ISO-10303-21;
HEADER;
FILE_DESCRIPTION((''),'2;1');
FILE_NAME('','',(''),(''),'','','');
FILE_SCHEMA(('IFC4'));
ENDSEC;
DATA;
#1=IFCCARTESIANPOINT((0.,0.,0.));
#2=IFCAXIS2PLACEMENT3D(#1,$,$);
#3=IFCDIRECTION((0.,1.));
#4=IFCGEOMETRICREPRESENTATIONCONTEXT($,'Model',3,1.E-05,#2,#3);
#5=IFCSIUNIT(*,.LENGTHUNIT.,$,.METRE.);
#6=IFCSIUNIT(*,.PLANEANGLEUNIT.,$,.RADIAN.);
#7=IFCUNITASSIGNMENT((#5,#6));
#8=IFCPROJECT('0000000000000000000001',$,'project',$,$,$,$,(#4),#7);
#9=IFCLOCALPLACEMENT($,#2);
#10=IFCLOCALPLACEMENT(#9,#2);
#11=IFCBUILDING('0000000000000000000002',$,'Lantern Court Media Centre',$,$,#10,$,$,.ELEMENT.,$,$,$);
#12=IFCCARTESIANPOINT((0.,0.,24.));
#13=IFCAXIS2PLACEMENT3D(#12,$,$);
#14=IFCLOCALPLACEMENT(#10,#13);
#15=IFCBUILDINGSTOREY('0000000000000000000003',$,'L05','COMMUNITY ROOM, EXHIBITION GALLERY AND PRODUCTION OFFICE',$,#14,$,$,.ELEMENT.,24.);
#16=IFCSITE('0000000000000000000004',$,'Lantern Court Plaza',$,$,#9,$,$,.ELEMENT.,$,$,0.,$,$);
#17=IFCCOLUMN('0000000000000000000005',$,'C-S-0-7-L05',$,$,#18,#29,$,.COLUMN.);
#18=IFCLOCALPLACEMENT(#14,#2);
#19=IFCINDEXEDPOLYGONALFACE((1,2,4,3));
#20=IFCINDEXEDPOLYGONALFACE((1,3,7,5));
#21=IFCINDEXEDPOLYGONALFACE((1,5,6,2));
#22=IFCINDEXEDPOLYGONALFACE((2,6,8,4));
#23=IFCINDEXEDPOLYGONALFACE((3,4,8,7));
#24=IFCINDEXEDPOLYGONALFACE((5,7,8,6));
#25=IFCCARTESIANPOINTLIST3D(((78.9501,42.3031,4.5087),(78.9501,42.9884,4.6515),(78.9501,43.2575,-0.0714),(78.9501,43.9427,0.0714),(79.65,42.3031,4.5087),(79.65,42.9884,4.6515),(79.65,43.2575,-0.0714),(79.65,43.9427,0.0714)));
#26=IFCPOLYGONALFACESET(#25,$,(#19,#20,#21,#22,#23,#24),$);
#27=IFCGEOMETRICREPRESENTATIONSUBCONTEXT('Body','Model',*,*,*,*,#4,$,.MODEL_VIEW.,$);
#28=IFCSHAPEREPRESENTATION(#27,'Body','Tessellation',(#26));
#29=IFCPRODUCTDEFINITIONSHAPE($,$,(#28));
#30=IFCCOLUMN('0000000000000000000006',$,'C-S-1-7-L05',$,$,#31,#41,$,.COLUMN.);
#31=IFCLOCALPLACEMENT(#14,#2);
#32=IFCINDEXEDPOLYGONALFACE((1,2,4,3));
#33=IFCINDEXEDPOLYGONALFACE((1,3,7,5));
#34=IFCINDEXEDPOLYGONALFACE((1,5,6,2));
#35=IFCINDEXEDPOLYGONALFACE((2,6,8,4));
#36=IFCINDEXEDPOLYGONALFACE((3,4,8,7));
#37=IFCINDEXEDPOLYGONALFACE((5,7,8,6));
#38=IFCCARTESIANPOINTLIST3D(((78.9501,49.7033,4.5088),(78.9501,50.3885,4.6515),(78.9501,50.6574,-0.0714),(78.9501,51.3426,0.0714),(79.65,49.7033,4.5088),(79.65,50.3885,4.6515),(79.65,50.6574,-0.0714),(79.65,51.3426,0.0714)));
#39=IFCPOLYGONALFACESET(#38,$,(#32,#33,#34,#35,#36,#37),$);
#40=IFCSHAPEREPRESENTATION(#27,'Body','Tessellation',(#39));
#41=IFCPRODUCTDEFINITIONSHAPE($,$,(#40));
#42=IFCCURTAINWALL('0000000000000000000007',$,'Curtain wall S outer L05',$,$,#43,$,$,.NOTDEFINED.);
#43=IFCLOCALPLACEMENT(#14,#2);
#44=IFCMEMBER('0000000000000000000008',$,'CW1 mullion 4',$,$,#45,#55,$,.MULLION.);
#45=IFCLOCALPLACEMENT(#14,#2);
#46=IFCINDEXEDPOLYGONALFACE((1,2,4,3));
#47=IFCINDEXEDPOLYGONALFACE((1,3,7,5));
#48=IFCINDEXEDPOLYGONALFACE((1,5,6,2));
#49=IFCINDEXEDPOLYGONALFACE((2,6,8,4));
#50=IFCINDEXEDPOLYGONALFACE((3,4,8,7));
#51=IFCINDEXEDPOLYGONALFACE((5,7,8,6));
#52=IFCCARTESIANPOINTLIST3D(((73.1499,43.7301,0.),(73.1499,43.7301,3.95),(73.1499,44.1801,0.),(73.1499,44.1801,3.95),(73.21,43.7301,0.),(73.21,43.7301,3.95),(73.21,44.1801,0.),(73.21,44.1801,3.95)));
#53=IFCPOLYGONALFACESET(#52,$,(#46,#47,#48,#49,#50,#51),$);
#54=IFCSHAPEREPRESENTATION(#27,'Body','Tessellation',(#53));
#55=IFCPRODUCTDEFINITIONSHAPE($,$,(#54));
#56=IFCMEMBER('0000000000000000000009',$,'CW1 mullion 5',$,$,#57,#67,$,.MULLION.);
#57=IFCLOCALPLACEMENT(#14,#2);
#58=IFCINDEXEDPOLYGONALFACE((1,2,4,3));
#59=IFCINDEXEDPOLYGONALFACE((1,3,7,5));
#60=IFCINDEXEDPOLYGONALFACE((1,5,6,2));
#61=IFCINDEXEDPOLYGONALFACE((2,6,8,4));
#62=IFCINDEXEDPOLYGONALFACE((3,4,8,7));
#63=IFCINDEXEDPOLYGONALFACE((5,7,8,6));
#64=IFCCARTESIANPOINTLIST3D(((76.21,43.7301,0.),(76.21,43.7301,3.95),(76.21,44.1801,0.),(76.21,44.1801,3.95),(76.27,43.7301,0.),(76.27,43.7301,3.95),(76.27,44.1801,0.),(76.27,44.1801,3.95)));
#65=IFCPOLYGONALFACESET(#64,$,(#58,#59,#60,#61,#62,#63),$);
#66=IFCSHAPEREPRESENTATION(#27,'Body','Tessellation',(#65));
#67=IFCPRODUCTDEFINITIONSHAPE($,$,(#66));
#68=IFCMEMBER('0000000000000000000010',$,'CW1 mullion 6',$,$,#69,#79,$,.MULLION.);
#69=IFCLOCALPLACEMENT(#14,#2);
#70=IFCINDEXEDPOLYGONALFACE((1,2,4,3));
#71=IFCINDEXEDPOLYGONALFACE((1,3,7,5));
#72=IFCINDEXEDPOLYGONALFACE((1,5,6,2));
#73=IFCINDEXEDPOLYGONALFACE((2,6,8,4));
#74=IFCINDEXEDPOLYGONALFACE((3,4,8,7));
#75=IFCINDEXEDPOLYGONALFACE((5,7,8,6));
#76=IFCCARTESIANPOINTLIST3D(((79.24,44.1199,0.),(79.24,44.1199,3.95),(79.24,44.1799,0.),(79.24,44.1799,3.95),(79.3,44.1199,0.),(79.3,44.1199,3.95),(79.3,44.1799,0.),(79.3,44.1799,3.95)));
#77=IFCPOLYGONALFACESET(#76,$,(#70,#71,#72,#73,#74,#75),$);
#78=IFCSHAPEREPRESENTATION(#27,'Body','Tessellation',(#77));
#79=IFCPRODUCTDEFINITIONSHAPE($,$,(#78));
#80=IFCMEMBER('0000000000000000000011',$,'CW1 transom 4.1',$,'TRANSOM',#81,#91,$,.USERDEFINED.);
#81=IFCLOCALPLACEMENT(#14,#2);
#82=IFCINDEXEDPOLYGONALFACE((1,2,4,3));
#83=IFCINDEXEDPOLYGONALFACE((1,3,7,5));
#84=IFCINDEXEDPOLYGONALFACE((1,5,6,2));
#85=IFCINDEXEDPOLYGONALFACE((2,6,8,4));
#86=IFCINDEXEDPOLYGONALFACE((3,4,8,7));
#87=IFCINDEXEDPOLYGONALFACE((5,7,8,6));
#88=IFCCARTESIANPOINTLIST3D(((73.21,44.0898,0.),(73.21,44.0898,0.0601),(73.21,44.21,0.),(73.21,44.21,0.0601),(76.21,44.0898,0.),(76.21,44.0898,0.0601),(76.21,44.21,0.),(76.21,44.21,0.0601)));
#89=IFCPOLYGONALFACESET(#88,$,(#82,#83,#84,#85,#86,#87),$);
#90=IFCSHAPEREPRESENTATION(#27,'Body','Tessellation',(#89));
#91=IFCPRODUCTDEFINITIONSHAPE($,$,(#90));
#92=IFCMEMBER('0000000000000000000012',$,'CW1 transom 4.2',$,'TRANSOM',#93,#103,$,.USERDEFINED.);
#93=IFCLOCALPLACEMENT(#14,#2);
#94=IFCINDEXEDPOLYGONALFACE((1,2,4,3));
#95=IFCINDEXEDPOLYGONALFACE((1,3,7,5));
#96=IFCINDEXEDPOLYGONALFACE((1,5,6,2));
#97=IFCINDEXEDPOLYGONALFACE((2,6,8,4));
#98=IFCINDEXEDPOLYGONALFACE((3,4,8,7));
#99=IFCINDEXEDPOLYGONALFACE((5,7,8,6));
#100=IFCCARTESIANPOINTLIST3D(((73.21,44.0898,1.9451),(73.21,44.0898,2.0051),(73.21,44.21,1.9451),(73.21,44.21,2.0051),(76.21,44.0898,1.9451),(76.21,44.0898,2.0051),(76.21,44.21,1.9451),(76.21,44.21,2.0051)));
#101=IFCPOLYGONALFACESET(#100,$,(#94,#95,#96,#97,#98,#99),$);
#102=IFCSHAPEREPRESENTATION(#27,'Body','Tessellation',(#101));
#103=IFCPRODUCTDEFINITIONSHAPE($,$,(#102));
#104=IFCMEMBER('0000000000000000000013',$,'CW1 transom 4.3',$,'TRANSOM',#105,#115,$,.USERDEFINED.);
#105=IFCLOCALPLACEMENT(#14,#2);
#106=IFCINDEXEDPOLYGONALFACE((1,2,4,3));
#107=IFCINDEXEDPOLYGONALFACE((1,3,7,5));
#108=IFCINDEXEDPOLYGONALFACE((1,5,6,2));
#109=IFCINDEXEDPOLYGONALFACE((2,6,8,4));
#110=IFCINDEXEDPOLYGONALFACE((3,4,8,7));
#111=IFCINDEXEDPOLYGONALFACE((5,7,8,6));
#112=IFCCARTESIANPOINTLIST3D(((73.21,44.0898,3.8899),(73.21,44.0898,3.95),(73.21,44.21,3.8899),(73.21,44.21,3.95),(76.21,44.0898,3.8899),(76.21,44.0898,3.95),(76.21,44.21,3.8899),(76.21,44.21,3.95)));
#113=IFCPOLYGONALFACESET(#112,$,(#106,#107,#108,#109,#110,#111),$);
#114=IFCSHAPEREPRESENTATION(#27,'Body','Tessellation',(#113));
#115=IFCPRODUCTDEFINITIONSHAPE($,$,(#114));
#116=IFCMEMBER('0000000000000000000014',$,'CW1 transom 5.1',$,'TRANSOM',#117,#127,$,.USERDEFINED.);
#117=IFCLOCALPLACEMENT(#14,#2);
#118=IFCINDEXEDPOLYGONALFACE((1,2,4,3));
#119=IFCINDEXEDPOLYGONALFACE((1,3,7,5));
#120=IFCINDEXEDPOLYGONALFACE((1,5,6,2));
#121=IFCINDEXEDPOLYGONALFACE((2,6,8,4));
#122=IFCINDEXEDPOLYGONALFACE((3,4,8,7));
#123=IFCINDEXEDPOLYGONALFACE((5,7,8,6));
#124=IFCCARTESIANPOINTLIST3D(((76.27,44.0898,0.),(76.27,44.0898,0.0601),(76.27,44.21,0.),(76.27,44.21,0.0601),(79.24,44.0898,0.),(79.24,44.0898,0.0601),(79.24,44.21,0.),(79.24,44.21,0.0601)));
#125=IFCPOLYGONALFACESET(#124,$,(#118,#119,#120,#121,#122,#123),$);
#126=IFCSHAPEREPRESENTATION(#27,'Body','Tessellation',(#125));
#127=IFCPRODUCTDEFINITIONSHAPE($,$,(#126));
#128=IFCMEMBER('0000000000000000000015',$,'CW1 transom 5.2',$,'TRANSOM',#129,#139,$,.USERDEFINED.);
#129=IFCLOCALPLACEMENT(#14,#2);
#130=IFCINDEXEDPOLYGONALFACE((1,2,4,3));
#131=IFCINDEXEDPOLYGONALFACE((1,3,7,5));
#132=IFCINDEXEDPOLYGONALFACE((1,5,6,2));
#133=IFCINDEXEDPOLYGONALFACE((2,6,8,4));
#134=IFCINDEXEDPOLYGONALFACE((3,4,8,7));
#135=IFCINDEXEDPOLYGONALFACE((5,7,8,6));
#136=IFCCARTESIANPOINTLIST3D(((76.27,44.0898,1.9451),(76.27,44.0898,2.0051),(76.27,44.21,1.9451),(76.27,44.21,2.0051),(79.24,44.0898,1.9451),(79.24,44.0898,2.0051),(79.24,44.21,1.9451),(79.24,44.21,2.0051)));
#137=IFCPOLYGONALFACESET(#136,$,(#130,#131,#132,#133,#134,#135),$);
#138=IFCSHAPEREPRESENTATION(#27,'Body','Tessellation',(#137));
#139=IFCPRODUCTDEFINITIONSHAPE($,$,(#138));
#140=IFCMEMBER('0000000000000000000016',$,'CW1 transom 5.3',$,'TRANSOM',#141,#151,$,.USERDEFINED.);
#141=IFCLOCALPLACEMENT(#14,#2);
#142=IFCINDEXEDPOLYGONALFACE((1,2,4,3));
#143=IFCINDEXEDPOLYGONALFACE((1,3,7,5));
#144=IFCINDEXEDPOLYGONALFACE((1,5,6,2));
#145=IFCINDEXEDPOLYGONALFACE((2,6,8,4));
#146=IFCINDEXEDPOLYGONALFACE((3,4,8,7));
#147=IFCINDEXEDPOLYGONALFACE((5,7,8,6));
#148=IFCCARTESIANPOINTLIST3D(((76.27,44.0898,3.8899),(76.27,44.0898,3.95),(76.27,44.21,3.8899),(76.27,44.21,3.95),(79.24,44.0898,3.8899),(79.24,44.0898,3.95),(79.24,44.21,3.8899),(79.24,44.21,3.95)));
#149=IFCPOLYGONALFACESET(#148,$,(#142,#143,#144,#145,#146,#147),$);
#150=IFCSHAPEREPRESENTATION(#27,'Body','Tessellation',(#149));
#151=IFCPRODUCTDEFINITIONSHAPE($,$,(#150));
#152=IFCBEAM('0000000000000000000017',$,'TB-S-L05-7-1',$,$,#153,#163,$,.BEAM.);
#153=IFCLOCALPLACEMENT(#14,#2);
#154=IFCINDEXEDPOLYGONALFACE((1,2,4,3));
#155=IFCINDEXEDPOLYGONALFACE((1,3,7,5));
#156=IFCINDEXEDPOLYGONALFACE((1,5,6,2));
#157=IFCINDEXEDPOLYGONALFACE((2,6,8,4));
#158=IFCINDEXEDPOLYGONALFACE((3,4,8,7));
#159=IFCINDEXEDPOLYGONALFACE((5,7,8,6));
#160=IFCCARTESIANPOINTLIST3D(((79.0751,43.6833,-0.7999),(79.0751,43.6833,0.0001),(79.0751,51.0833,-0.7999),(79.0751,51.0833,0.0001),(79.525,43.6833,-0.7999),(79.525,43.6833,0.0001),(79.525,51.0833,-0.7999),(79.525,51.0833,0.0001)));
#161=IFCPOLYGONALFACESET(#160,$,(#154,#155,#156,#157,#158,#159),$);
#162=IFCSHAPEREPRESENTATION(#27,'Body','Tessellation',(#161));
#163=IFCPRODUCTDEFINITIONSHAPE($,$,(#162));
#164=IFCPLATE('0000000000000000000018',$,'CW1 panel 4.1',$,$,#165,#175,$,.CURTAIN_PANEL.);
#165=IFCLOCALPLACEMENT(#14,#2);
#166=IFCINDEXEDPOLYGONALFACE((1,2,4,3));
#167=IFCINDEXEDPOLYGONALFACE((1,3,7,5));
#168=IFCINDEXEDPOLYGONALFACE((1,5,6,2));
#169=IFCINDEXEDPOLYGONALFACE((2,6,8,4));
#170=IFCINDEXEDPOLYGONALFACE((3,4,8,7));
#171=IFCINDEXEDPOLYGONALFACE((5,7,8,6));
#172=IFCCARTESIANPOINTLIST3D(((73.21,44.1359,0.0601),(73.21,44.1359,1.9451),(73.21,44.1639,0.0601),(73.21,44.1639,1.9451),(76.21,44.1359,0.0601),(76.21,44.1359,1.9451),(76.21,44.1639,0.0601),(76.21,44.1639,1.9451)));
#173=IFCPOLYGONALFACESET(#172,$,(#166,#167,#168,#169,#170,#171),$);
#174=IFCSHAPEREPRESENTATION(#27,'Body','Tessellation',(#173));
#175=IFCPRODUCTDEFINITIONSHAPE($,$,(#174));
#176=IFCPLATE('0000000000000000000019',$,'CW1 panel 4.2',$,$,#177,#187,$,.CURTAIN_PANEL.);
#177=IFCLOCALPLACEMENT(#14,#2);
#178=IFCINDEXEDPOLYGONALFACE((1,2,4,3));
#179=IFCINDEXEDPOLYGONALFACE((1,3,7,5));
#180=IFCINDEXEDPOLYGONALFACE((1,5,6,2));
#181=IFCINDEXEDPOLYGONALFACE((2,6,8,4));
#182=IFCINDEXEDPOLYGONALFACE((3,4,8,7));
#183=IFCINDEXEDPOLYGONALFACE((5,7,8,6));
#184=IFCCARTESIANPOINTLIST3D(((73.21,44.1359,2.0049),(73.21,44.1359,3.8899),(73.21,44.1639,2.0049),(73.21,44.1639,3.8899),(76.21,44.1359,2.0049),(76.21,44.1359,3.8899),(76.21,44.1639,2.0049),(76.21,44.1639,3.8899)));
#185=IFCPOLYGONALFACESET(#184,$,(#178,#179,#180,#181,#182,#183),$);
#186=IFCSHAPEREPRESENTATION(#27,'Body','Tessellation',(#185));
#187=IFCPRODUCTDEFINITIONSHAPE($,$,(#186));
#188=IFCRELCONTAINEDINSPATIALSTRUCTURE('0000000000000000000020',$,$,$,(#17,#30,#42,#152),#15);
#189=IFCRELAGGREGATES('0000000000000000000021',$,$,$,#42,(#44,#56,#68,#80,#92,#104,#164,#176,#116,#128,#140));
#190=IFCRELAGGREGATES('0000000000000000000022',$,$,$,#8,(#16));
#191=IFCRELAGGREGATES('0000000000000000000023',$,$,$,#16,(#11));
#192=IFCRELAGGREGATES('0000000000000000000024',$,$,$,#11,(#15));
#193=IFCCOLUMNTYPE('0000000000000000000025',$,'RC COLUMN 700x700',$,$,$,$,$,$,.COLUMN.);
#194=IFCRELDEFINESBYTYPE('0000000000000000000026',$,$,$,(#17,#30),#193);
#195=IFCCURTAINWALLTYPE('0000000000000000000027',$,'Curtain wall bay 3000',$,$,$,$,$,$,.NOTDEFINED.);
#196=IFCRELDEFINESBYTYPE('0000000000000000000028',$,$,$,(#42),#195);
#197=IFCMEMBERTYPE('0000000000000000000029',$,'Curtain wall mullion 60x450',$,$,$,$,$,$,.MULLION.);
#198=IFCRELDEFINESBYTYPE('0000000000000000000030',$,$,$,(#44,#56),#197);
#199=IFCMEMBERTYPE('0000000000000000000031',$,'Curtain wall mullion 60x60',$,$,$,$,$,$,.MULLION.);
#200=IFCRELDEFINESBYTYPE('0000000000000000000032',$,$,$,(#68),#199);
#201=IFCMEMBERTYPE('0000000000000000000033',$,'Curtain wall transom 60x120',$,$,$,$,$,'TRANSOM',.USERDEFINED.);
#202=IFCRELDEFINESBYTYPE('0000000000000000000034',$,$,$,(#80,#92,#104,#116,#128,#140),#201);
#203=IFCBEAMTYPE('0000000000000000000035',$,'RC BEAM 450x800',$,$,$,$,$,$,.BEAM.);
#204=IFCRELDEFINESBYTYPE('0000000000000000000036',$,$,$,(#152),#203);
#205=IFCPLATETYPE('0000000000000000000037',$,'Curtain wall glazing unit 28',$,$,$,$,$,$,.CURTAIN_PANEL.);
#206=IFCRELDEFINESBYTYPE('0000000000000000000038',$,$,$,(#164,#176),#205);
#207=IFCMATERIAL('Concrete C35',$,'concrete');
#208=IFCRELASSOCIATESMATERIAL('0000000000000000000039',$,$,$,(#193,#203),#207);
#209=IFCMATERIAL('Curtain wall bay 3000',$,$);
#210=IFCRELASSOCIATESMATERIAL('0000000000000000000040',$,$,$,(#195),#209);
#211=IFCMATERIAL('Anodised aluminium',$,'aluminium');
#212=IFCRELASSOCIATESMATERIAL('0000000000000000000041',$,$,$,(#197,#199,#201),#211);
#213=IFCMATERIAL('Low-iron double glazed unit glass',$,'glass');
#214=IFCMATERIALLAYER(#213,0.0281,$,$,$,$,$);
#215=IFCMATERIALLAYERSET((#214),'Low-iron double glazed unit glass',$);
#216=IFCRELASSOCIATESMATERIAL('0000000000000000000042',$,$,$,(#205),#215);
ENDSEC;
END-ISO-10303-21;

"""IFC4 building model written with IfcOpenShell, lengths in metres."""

from ifc_helpers import new_model, si_unit, direction, frame, origin, origin_2d, place, context, subcontext, project, spatial, rectangle, extrude, material, layer, layer_set, material_profile, profile_set, type_object, element, aggregate, save


model = new_model("IFC4")

# Units and contexts
model_context = context("Model", 3, precision=1e-05, world=origin(), true_north=direction((0.0, 1.0)))
body_context = subcontext(model_context, "Body", "Model", "MODEL_VIEW")
ifc_project = project(units=[si_unit("LENGTHUNIT", "METRE"), si_unit("PLANEANGLEUNIT", "RADIAN")], contexts=[model_context])

# Site, building, storey
site_placement = place(None, origin())
site = spatial("IfcSite", under=ifc_project, at=site_placement, Name="Lantern Court Plaza", CompositionType="ELEMENT", RefElevation=0.0)
building_placement = place(site_placement, origin())
building = spatial("IfcBuilding", under=site, at=building_placement, Name="Lantern Court Media Centre", CompositionType="ELEMENT")
storey_placement = place(building_placement, frame((0.0, 0.0, 24.0)))
storey = spatial("IfcBuildingStorey", under=building, at=storey_placement, Name="L05", Description="COMMUNITY ROOM, EXHIBITION GALLERY AND PRODUCTION OFFICE", CompositionType="ELEMENT", Elevation=24.0)

# Columns
ifc_material_1 = material(Name="Concrete C35", Category="concrete")
ifc_material_profile_1 = material_profile(ifc_material_1, rectangle(XDim=0.7, YDim=0.7, at=origin_2d()), Name="RC 700x700")
ifc_profile_set_1 = profile_set([ifc_material_profile_1], Name="Concrete C35")
column_type = type_object("IfcColumnType", Name="RC COLUMN 700x700", PredefinedType="COLUMN", material=ifc_profile_set_1)
for number, where, z_axis, x_axis, name in (
    (1, (79.3, 43.6001, 0.0), (0.0, -0.203988, 0.978973), (1.0, 0.0, 0.0), "C-S-0-7-L05"),
    (2, (79.3, 51.0, 0.0), (0.0, -0.203938, 0.978984), (1.0, 0.0, 0.0), "C-S-1-7-L05"),
):
    element("IfcColumn", number, at=place(storey_placement, frame(where, z_axis=z_axis, x_axis=x_axis)), inside=storey, type_object=column_type, Name=name, PredefinedType="COLUMN", context=body_context, shape_type="SweptSolid", body=[
        extrude(rectangle(XDim=0.7, YDim=0.7, at=origin_2d()), origin(), (0.0, 0.0, 1.0), 4.6785),
    ])

# Curtain wall, members
ifc_material_2 = material(Name="Curtain wall bay 3000")
curtain_wall_type = type_object("IfcCurtainWallType", Name="Curtain wall bay 3000", PredefinedType="NOTDEFINED", material=ifc_material_2)
curtain_wall_placement = place(storey_placement, origin())
curtain_wall = element("IfcCurtainWall", 3, at=curtain_wall_placement, inside=storey, type_object=curtain_wall_type, Name="Curtain wall S outer L05", PredefinedType="NOTDEFINED")
ifc_material_3 = material(Name="Anodised aluminium", Category="aluminium")
ifc_material_profile_2 = material_profile(ifc_material_3, rectangle(XDim=0.45, YDim=0.0601, at=origin_2d()), Name="AL 60x450")
ifc_profile_set_2 = profile_set([ifc_material_profile_2], Name="Anodised aluminium")
member_type_1 = type_object("IfcMemberType", Name="Curtain wall mullion 60x450", PredefinedType="MULLION", material=ifc_profile_set_2)
member_1_placement = place(storey_placement, frame((73.1799, 43.9551, 0.0), z_axis=(0.0, 0.0, 1.0), x_axis=(0.0, 1.0, 0.0)))
member_1 = element("IfcMember", 4, at=member_1_placement, type_object=member_type_1, Name="CW1 mullion 4", PredefinedType="MULLION", context=body_context, shape_type="SweptSolid", body=[
    extrude(rectangle(XDim=0.45, YDim=0.0601, at=origin_2d()), origin(), (0.0, 0.0, 1.0), 3.95),
])
member_2_placement = place(storey_placement, frame((76.24, 43.9551, 0.0), z_axis=(0.0, 0.0, 1.0), x_axis=(0.0, 1.0, 0.0)))
member_2 = element("IfcMember", 5, at=member_2_placement, type_object=member_type_1, Name="CW1 mullion 5", PredefinedType="MULLION", context=body_context, shape_type="SweptSolid", body=[
    extrude(rectangle(XDim=0.45, YDim=0.0601, at=origin_2d()), origin(), (0.0, 0.0, 1.0), 3.95),
])
ifc_material_profile_3 = material_profile(ifc_material_3, rectangle(XDim=0.0601, YDim=0.0601, at=origin_2d()), Name="AL 60x60")
ifc_profile_set_3 = profile_set([ifc_material_profile_3], Name="Anodised aluminium")
member_type_2 = type_object("IfcMemberType", Name="Curtain wall mullion 60x60", PredefinedType="MULLION", material=ifc_profile_set_3)
member_3_placement = place(storey_placement, frame((79.27, 44.1499, 0.0), z_axis=(0.0, 0.0, 1.0), x_axis=(0.0, 1.0, 0.0)))
member_3 = element("IfcMember", 6, at=member_3_placement, type_object=member_type_2, Name="CW1 mullion 6", PredefinedType="MULLION", context=body_context, shape_type="SweptSolid", body=[
    extrude(rectangle(XDim=0.0601, YDim=0.0601, at=origin_2d()), origin(), (0.0, 0.0, 1.0), 3.95),
])
ifc_material_profile_4 = material_profile(ifc_material_3, rectangle(XDim=0.1201, YDim=0.0601, at=origin_2d()), Name="AL 60x120")
ifc_profile_set_4 = profile_set([ifc_material_profile_4], Name="Anodised aluminium")
member_type_3 = type_object("IfcMemberType", Name="Curtain wall transom 60x120", ElementType="TRANSOM", PredefinedType="USERDEFINED", material=ifc_profile_set_4)
member_4_placement = place(storey_placement, frame((73.21, 44.1499, 0.03), z_axis=(1.0, 0.0, 0.0), x_axis=(0.0, 1.0, 0.0)))
member_4 = element("IfcMember", 7, at=member_4_placement, type_object=member_type_3, Name="CW1 transom 4.1", ObjectType="TRANSOM", PredefinedType="USERDEFINED", context=body_context, shape_type="SweptSolid", body=[
    extrude(rectangle(XDim=0.1201, YDim=0.0601, at=origin_2d()), origin(), (0.0, 0.0, 1.0), 3.0),
])
member_5_placement = place(storey_placement, frame((73.21, 44.1499, 1.9751), z_axis=(1.0, 0.0, 0.0), x_axis=(0.0, 1.0, 0.0)))
member_5 = element("IfcMember", 8, at=member_5_placement, type_object=member_type_3, Name="CW1 transom 4.2", ObjectType="TRANSOM", PredefinedType="USERDEFINED", context=body_context, shape_type="SweptSolid", body=[
    extrude(rectangle(XDim=0.1201, YDim=0.0601, at=origin_2d()), origin(), (0.0, 0.0, 1.0), 3.0),
])
member_6_placement = place(storey_placement, frame((73.21, 44.1499, 3.9199), z_axis=(1.0, 0.0, 0.0), x_axis=(0.0, 1.0, 0.0)))
member_6 = element("IfcMember", 9, at=member_6_placement, type_object=member_type_3, Name="CW1 transom 4.3", ObjectType="TRANSOM", PredefinedType="USERDEFINED", context=body_context, shape_type="SweptSolid", body=[
    extrude(rectangle(XDim=0.1201, YDim=0.0601, at=origin_2d()), origin(), (0.0, 0.0, 1.0), 3.0),
])
member_7_placement = place(storey_placement, frame((76.27, 44.1499, 0.03), z_axis=(1.0, 0.0, 0.0), x_axis=(0.0, 1.0, 0.0)))
member_7 = element("IfcMember", 10, at=member_7_placement, type_object=member_type_3, Name="CW1 transom 5.1", ObjectType="TRANSOM", PredefinedType="USERDEFINED", context=body_context, shape_type="SweptSolid", body=[
    extrude(rectangle(XDim=0.1201, YDim=0.0601, at=origin_2d()), origin(), (0.0, 0.0, 1.0), 2.97),
])
member_8_placement = place(storey_placement, frame((76.27, 44.1499, 1.9751), z_axis=(1.0, 0.0, 0.0), x_axis=(0.0, 1.0, 0.0)))
member_8 = element("IfcMember", 11, at=member_8_placement, type_object=member_type_3, Name="CW1 transom 5.2", ObjectType="TRANSOM", PredefinedType="USERDEFINED", context=body_context, shape_type="SweptSolid", body=[
    extrude(rectangle(XDim=0.1201, YDim=0.0601, at=origin_2d()), origin(), (0.0, 0.0, 1.0), 2.97),
])
member_9_placement = place(storey_placement, frame((76.27, 44.1499, 3.9199), z_axis=(1.0, 0.0, 0.0), x_axis=(0.0, 1.0, 0.0)))
member_9 = element("IfcMember", 12, at=member_9_placement, type_object=member_type_3, Name="CW1 transom 5.3", ObjectType="TRANSOM", PredefinedType="USERDEFINED", context=body_context, shape_type="SweptSolid", body=[
    extrude(rectangle(XDim=0.1201, YDim=0.0601, at=origin_2d()), origin(), (0.0, 0.0, 1.0), 2.97),
])

# Beam
ifc_material_profile_5 = material_profile(ifc_material_1, rectangle(XDim=0.45, YDim=0.8, at=origin_2d()), Name="RC 450x800")
ifc_profile_set_5 = profile_set([ifc_material_profile_5], Name="Concrete C35")
beam_type = type_object("IfcBeamType", Name="RC BEAM 450x800", PredefinedType="BEAM", material=ifc_profile_set_5)
beam_placement = place(storey_placement, frame((79.3, 43.6833, -0.3999), z_axis=(0.0, 1.0, 0.0), x_axis=(-1.0, 0.0, 0.0)))
element("IfcBeam", 13, at=beam_placement, inside=storey, type_object=beam_type, Name="TB-S-L05-7-1", PredefinedType="BEAM", context=body_context, shape_type="SweptSolid", body=[
    extrude(rectangle(XDim=0.45, YDim=0.8, at=origin_2d()), origin(), (0.0, 0.0, 1.0), 7.3999),
])

# Plates
ifc_material_4 = material(Name="Low-iron double glazed unit glass", Category="glass")
ifc_layer_1 = layer(ifc_material_4, 0.0281)
ifc_layer_set_1 = layer_set([ifc_layer_1], Name="Low-iron double glazed unit glass")
plate_type = type_object("IfcPlateType", Name="Curtain wall glazing unit 28", PredefinedType="CURTAIN_PANEL", material=ifc_layer_set_1)
plate_1_placement = place(storey_placement, frame((74.71, 44.1499, 0.0601), z_axis=(0.0, 0.0, 1.0), x_axis=(1.0, 0.0, 0.0)))
plate_1 = element("IfcPlate", 14, at=plate_1_placement, type_object=plate_type, Name="CW1 panel 4.1", PredefinedType="CURTAIN_PANEL", context=body_context, shape_type="SweptSolid", body=[
    extrude(rectangle(XDim=3.0, YDim=0.0281, at=origin_2d()), origin(), (0.0, 0.0, 1.0), 1.885),
])
plate_2_placement = place(storey_placement, frame((74.71, 44.1499, 2.0049), z_axis=(0.0, 0.0, 1.0), x_axis=(1.0, 0.0, 0.0)))
plate_2 = element("IfcPlate", 15, at=plate_2_placement, type_object=plate_type, Name="CW1 panel 4.2", PredefinedType="CURTAIN_PANEL", context=body_context, shape_type="SweptSolid", body=[
    extrude(rectangle(XDim=3.0, YDim=0.0281, at=origin_2d()), origin(), (0.0, 0.0, 1.0), 1.885),
])
aggregate(curtain_wall, [member_1, member_2, member_3, member_4, member_5, member_6, plate_1, plate_2, member_7, member_8, member_9])

save(model, "model.ifc")
